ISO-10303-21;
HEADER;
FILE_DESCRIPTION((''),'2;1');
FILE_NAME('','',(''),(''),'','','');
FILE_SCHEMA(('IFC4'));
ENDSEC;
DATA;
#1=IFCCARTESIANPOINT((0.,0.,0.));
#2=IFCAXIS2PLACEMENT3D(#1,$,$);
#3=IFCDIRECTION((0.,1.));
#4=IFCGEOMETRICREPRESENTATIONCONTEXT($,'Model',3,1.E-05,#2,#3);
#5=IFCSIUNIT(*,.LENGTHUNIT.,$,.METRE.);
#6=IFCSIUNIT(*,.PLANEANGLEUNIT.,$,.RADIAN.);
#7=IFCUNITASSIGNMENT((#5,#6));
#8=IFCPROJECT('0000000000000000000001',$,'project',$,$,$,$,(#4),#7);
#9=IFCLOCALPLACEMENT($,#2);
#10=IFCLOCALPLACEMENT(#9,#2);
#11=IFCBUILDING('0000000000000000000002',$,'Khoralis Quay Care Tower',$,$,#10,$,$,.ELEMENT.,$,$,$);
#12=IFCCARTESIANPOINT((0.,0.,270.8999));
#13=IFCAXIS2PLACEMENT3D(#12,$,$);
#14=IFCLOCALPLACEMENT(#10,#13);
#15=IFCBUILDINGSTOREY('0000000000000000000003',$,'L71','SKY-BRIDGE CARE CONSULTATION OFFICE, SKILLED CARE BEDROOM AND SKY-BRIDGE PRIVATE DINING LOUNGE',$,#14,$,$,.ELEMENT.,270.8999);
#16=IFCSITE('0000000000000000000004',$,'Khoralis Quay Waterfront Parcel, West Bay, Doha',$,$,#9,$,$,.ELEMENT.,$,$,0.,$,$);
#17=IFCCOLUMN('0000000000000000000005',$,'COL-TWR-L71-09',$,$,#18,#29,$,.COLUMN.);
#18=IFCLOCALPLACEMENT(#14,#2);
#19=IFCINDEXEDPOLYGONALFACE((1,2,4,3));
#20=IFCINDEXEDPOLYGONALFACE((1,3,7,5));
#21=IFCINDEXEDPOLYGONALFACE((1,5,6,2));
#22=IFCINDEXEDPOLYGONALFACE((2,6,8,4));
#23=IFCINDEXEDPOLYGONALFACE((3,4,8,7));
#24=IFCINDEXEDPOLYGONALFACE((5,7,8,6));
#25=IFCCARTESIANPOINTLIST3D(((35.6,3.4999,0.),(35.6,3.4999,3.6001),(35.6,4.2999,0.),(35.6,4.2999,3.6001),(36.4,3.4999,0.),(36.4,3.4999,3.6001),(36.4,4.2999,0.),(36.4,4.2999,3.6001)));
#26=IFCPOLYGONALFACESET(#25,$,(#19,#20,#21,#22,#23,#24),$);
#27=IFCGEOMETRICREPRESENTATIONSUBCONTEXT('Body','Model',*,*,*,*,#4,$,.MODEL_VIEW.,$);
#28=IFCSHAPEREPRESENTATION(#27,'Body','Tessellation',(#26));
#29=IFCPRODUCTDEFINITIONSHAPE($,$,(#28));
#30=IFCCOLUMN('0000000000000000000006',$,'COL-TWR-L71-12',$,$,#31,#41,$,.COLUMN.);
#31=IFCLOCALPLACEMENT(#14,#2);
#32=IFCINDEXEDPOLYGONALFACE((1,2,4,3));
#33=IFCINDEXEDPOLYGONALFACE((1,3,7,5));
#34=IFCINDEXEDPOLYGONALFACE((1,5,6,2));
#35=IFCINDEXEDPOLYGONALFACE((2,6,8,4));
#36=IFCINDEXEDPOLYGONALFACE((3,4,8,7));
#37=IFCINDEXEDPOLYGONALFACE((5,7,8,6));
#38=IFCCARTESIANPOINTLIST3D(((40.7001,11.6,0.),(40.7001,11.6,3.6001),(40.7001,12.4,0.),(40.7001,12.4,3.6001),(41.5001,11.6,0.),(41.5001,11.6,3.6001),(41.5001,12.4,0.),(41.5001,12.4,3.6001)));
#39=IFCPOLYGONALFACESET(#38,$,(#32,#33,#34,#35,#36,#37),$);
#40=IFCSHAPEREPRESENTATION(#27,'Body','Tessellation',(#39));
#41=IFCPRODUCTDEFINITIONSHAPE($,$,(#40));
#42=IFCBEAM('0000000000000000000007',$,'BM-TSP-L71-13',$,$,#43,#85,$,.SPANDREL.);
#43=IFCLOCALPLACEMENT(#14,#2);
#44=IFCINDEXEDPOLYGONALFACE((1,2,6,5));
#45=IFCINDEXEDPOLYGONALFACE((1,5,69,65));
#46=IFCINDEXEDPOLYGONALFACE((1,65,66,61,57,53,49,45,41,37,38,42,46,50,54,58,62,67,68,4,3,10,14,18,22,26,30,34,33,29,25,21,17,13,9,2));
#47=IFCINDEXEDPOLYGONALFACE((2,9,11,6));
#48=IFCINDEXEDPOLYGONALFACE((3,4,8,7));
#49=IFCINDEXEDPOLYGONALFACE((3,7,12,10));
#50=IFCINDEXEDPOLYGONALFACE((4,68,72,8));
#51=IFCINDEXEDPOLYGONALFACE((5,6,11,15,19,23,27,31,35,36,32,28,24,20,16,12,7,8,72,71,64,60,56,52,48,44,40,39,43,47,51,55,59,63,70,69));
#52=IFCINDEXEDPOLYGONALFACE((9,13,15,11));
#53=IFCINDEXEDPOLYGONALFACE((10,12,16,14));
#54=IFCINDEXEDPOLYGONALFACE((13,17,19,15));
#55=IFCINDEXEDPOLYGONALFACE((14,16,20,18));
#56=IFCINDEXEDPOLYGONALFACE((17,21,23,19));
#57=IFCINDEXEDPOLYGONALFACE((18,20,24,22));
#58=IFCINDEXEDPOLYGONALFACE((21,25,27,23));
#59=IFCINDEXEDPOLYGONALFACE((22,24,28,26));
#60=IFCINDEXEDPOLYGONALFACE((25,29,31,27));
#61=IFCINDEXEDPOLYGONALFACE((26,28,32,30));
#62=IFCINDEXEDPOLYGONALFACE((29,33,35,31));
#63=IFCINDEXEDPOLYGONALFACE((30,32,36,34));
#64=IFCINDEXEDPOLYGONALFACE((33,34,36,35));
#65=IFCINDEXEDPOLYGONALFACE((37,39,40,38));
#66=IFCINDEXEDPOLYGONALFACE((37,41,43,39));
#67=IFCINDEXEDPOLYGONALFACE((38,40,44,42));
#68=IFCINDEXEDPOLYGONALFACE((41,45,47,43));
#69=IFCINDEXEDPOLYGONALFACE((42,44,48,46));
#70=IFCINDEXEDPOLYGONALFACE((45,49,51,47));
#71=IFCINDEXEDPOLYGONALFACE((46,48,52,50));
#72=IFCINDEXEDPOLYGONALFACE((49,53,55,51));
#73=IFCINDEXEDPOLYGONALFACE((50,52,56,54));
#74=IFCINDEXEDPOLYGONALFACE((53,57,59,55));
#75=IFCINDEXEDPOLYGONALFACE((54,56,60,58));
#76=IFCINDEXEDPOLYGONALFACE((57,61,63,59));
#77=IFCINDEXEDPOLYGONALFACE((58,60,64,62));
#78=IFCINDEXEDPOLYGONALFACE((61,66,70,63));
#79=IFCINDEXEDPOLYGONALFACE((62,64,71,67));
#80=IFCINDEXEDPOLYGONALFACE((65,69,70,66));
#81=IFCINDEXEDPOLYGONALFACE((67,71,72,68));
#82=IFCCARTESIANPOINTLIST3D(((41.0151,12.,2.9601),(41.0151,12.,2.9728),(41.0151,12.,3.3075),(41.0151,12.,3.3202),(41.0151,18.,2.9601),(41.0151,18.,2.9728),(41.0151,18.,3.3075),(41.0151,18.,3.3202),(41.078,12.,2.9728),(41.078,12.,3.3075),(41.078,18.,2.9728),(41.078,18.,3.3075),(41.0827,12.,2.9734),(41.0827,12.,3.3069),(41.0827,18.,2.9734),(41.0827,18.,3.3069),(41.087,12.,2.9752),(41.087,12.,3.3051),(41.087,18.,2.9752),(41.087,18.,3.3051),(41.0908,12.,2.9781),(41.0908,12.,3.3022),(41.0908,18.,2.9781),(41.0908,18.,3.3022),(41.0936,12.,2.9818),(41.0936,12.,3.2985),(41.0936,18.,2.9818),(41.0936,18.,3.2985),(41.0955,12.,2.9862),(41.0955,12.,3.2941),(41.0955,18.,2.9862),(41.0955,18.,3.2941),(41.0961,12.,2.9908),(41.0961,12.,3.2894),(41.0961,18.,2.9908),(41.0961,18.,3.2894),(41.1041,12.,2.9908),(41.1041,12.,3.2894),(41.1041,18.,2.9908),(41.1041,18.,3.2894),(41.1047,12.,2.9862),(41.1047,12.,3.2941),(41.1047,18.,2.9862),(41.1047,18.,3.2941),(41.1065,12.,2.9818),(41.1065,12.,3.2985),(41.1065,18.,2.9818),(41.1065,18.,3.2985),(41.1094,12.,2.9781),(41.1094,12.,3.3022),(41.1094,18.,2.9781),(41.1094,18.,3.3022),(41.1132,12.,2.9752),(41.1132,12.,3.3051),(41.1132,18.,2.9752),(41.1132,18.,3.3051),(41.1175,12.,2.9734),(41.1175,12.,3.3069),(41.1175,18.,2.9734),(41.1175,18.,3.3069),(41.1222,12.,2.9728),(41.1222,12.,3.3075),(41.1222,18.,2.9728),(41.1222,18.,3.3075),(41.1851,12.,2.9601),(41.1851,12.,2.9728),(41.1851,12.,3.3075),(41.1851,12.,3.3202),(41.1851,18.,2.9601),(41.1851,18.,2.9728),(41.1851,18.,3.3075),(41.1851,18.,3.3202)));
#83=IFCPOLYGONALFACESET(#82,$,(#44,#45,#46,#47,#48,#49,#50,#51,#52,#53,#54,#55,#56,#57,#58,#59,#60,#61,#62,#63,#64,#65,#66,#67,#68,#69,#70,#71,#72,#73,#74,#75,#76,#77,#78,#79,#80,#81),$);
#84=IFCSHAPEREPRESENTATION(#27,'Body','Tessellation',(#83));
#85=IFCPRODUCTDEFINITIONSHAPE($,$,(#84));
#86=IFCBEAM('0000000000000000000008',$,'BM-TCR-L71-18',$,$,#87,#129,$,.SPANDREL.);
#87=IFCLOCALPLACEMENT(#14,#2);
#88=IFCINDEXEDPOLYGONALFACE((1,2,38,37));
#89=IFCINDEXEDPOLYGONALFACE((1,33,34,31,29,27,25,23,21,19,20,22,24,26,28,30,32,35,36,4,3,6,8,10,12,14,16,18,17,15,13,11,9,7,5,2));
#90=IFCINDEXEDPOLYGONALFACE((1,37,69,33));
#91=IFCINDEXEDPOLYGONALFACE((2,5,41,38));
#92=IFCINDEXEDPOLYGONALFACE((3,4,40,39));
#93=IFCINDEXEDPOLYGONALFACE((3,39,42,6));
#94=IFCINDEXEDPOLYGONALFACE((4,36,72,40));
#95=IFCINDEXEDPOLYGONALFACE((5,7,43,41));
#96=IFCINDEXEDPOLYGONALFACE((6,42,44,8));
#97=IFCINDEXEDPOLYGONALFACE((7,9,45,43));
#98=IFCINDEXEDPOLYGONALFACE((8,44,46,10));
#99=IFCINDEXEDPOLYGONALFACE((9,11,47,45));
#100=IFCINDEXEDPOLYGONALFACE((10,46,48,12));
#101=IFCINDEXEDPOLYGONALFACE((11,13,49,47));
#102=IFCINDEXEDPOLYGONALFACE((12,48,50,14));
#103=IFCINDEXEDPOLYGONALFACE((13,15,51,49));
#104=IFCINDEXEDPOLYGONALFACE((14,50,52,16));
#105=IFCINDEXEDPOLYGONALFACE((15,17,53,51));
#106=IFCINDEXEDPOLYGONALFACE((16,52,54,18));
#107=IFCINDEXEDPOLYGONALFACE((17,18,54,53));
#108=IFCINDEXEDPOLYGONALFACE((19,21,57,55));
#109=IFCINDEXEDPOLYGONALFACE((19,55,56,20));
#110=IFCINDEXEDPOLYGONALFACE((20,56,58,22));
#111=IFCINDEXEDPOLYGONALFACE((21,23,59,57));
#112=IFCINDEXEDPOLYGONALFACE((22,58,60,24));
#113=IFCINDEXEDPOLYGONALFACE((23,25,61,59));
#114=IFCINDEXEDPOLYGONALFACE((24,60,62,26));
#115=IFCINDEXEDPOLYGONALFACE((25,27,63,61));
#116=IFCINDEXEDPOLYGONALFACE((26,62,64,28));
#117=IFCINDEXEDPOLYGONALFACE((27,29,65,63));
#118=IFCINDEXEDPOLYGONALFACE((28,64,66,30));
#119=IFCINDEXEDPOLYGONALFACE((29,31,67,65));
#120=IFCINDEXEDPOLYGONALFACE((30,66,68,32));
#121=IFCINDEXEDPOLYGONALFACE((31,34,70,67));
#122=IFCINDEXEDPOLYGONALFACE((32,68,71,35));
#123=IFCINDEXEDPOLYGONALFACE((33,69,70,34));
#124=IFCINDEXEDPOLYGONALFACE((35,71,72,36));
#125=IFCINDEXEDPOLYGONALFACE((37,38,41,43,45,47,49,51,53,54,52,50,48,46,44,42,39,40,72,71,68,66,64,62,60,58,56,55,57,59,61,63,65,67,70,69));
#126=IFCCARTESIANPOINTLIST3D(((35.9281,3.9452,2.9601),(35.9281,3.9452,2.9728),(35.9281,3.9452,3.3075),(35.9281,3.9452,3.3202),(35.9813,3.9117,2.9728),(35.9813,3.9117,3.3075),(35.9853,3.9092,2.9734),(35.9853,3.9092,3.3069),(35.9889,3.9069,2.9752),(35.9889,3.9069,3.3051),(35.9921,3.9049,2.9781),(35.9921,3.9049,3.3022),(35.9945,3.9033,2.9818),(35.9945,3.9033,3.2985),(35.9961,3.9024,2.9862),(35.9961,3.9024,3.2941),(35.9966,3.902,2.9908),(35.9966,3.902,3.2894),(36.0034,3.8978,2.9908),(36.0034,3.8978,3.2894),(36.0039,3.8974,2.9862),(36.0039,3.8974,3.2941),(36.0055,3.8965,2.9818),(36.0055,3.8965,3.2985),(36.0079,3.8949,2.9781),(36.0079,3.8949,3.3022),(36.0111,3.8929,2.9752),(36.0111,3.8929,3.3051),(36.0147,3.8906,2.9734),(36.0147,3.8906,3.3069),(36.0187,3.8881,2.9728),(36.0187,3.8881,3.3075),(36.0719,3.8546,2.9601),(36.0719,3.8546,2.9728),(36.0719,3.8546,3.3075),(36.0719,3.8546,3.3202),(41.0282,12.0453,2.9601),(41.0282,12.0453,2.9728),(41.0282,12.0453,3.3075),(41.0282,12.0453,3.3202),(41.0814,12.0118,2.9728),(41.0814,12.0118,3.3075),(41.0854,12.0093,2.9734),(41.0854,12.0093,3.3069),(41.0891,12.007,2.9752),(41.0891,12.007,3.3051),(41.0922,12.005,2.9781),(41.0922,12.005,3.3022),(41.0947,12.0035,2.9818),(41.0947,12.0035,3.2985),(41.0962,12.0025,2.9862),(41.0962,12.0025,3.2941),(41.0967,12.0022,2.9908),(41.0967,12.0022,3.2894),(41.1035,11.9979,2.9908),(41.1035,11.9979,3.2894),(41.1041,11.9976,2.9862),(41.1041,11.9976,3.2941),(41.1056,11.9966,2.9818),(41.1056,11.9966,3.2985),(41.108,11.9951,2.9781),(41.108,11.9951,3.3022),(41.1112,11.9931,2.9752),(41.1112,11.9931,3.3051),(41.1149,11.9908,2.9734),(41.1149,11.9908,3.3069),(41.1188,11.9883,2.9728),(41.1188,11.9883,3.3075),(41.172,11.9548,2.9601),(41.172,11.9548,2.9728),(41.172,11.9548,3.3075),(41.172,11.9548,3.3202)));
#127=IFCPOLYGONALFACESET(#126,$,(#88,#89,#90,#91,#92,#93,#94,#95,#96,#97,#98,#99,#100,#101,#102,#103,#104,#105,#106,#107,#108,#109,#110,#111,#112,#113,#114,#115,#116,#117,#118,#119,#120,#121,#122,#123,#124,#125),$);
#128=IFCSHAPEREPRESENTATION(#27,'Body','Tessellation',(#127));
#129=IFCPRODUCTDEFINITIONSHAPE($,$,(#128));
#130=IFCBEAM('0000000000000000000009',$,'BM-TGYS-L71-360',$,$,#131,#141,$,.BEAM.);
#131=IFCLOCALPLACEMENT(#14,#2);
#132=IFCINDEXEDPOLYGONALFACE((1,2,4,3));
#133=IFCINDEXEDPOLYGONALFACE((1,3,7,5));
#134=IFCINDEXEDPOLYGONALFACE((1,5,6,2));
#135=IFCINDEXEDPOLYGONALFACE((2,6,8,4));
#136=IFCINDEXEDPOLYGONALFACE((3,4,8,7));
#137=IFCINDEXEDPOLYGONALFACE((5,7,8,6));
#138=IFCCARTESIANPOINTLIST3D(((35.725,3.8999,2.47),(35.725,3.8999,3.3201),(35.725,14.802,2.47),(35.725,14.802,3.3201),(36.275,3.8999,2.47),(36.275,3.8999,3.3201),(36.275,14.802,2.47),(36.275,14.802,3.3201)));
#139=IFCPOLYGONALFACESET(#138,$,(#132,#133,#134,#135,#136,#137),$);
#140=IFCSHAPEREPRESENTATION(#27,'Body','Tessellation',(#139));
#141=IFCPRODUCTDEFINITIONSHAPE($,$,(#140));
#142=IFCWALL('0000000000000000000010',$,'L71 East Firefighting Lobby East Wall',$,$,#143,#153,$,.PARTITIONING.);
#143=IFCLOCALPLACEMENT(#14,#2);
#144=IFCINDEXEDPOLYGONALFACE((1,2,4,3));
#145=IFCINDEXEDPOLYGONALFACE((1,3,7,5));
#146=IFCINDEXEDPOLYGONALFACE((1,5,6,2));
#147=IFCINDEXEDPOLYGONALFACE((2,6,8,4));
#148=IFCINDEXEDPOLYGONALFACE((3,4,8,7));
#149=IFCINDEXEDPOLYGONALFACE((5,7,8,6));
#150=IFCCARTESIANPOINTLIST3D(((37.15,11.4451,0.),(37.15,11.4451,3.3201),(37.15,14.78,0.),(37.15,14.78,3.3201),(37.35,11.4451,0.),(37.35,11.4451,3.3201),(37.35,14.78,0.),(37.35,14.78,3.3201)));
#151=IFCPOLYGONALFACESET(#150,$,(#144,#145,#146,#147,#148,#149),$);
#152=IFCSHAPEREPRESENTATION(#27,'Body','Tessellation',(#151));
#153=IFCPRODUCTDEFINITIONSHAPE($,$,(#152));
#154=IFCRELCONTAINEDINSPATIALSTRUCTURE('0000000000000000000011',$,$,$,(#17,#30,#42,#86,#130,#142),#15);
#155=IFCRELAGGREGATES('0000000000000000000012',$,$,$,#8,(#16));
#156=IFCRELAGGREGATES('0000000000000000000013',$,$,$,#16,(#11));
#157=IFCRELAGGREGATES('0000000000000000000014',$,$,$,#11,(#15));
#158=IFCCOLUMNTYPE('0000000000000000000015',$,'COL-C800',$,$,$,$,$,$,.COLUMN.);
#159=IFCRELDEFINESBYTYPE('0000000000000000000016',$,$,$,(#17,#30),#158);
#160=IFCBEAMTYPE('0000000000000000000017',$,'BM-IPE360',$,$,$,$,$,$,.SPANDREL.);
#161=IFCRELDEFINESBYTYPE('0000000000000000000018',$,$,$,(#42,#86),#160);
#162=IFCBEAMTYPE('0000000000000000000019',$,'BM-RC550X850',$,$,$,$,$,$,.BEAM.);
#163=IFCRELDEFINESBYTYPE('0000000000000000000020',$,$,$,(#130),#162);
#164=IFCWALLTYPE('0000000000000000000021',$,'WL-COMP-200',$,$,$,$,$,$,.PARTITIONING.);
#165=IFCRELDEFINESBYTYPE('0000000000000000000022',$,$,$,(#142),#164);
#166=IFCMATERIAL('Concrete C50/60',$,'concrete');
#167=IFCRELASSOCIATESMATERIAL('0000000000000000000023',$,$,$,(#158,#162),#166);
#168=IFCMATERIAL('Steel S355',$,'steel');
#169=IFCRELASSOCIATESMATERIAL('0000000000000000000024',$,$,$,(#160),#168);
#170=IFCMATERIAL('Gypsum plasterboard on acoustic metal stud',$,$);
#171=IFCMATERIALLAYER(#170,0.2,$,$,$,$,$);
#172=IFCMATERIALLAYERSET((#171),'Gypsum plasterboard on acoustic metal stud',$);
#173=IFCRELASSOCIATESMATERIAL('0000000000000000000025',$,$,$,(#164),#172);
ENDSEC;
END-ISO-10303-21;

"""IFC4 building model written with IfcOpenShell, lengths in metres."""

from ifc_helpers import new_model, si_unit, direction, frame, frame_2d, origin, origin_2d, place, context, subcontext, project, spatial, rectangle, i_section, extrude, source, transform, mapped, material, layer, layer_set, material_profile, profile_set, type_object, element, save


model = new_model("IFC4")

# Units and contexts
model_context = context("Model", 3, precision=1e-05, world=origin(), true_north=direction((0.0, 1.0)))
body_context = subcontext(model_context, "Body", "Model", "MODEL_VIEW")
ifc_project = project(units=[si_unit("LENGTHUNIT", "METRE"), si_unit("PLANEANGLEUNIT", "RADIAN")], contexts=[model_context])

# Site, building, storey
site_placement = place(None, origin())
site = spatial("IfcSite", under=ifc_project, at=site_placement, Name="Khoralis Quay Waterfront Parcel, West Bay, Doha", CompositionType="ELEMENT", RefElevation=0.0)
building_placement = place(site_placement, origin())
building = spatial("IfcBuilding", under=site, at=building_placement, Name="Khoralis Quay Care Tower", CompositionType="ELEMENT")
storey_placement = place(building_placement, frame((0.0, 0.0, 270.8999)))
storey = spatial("IfcBuildingStorey", under=building, at=storey_placement, Name="L71", Description="SKY-BRIDGE CARE CONSULTATION OFFICE, SKILLED CARE BEDROOM AND SKY-BRIDGE PRIVATE DINING LOUNGE", CompositionType="ELEMENT", Elevation=270.8999)

# Columns
ifc_material_1 = material(Name="Concrete C50/60", Category="concrete")
ifc_material_profile_1 = material_profile(ifc_material_1, rectangle(XDim=0.8, YDim=0.8, at=origin_2d()), Name="Concrete C50/60")
ifc_profile_set_1 = profile_set([ifc_material_profile_1], Name="Concrete C50/60")
column_type = type_object("IfcColumnType", Name="COL-C800", PredefinedType="COLUMN", material=ifc_profile_set_1)
shared_shape_1 = source(origin(), body_context, "Body", "SweptSolid", [
    extrude(rectangle(XDim=0.8, YDim=0.8, at=origin_2d()), origin(), (0.0, 0.0, 1.0), 3.6001),
])
for number, where, z_axis, x_axis, name in (
    (1, (36.0, 3.8999, 0.0), (0.0, 0.0, 1.0), (1.0, 0.0, 0.0), "COL-TWR-L71-09"),
    (2, (41.1001, 12.0, 0.0), (0.0, 0.0, 1.0), (1.0, 0.0, 0.0), "COL-TWR-L71-12"),
):
    element("IfcColumn", number, at=place(storey_placement, frame(where, z_axis=z_axis, x_axis=x_axis)), inside=storey, type_object=column_type, Name=name, PredefinedType="COLUMN", context=body_context, shape_type="MappedRepresentation", body=[
        mapped(shared_shape_1, transform((0.0, 0.0, 0.0), scale=1.0)),
    ])

# Beams
ifc_material_2 = material(Name="Steel S355", Category="steel")
ifc_material_profile_2 = material_profile(ifc_material_2, i_section(OverallWidth=0.1699, OverallDepth=0.3601, WebThickness=0.0081, FlangeThickness=0.0127, FilletRadius=0.0181, at=origin_2d()), Name="Steel S355")
ifc_profile_set_2 = profile_set([ifc_material_profile_2], Name="Steel S355")
beam_type_1 = type_object("IfcBeamType", Name="BM-IPE360", PredefinedType="SPANDREL", material=ifc_profile_set_2)
shared_shape_2 = source(origin(), body_context, "Body", "SweptSolid", [
    extrude(i_section(OverallWidth=0.1699, OverallDepth=0.3601, WebThickness=0.0081, FlangeThickness=0.0127, FilletRadius=0.0181, at=origin_2d()), origin(), (0.0, 0.0, 1.0), 6.0),
])
beam_1_placement = place(storey_placement, frame((41.1001, 12.0, 3.1401), z_axis=(0.0, 1.0, 0.0), x_axis=(-1.0, 0.0, 0.0)))
element("IfcBeam", 3, at=beam_1_placement, inside=storey, type_object=beam_type_1, Name="BM-TSP-L71-13", PredefinedType="SPANDREL", context=body_context, shape_type="MappedRepresentation", body=[
    mapped(shared_shape_2, transform((0.0, 0.0, 0.0), scale=1.0)),
])
shared_shape_3 = source(origin(), body_context, "Body", "SweptSolid", [
    extrude(i_section(OverallWidth=0.1699, OverallDepth=0.3601, WebThickness=0.0081, FlangeThickness=0.0127, FilletRadius=0.0181, at=origin_2d()), origin(), (0.0, 0.0, 1.0), 9.572),
])
beam_2_placement = place(storey_placement, frame((36.0, 3.8999, 3.1401), z_axis=(0.532816, 0.846231, 0.0), x_axis=(-0.846231, 0.532816, 0.0)))
element("IfcBeam", 4, at=beam_2_placement, inside=storey, type_object=beam_type_1, Name="BM-TCR-L71-18", PredefinedType="SPANDREL", context=body_context, shape_type="MappedRepresentation", body=[
    mapped(shared_shape_3, transform((0.0, 0.0, 0.0), scale=1.0)),
])
ifc_material_profile_3 = material_profile(ifc_material_1, rectangle(XDim=0.55, YDim=0.8501, at=origin_2d()), Name="Concrete C50/60")
ifc_profile_set_3 = profile_set([ifc_material_profile_3], Name="Concrete C50/60")
beam_type_2 = type_object("IfcBeamType", Name="BM-RC550X850", PredefinedType="BEAM", material=ifc_profile_set_3)
shared_shape_4 = source(origin(), body_context, "Body", "SweptSolid", [
    extrude(rectangle(XDim=0.55, YDim=0.8501, at=origin_2d()), origin(), (0.0, 0.0, 1.0), 10.9021),
])
beam_3_placement = place(storey_placement, frame((36.0, 3.8999, 2.895), z_axis=(0.0, 1.0, 0.0), x_axis=(-1.0, 0.0, 0.0)))
element("IfcBeam", 5, at=beam_3_placement, inside=storey, type_object=beam_type_2, Name="BM-TGYS-L71-360", PredefinedType="BEAM", context=body_context, shape_type="MappedRepresentation", body=[
    mapped(shared_shape_4, transform((0.0, 0.0, 0.0), scale=1.0)),
])

# Wall
ifc_material_3 = material(Name="Gypsum plasterboard on acoustic metal stud")
ifc_layer_1 = layer(ifc_material_3, 0.2)
ifc_layer_set_1 = layer_set([ifc_layer_1], Name="Gypsum plasterboard on acoustic metal stud")
wall_type_1 = type_object("IfcWallType", Name="WL-COMP-200", PredefinedType="PARTITIONING", material=ifc_layer_set_1)
wall_1_placement = place(storey_placement, frame((37.25, 11.4451, 0.0), z_axis=(0.0, 0.0, 1.0), x_axis=(0.0, 1.0, 0.0)))
element("IfcWall", 6, at=wall_1_placement, inside=storey, type_object=wall_type_1, Name="L71 East Firefighting Lobby East Wall", PredefinedType="PARTITIONING", context=body_context, shape_type="SweptSolid", body=[
    extrude(rectangle(XDim=3.335, YDim=0.2, at=frame_2d((1.6675, 0.0))), origin(), (0.0, 0.0, 1.0), 3.3201),
])

save(model, "model.ifc")
